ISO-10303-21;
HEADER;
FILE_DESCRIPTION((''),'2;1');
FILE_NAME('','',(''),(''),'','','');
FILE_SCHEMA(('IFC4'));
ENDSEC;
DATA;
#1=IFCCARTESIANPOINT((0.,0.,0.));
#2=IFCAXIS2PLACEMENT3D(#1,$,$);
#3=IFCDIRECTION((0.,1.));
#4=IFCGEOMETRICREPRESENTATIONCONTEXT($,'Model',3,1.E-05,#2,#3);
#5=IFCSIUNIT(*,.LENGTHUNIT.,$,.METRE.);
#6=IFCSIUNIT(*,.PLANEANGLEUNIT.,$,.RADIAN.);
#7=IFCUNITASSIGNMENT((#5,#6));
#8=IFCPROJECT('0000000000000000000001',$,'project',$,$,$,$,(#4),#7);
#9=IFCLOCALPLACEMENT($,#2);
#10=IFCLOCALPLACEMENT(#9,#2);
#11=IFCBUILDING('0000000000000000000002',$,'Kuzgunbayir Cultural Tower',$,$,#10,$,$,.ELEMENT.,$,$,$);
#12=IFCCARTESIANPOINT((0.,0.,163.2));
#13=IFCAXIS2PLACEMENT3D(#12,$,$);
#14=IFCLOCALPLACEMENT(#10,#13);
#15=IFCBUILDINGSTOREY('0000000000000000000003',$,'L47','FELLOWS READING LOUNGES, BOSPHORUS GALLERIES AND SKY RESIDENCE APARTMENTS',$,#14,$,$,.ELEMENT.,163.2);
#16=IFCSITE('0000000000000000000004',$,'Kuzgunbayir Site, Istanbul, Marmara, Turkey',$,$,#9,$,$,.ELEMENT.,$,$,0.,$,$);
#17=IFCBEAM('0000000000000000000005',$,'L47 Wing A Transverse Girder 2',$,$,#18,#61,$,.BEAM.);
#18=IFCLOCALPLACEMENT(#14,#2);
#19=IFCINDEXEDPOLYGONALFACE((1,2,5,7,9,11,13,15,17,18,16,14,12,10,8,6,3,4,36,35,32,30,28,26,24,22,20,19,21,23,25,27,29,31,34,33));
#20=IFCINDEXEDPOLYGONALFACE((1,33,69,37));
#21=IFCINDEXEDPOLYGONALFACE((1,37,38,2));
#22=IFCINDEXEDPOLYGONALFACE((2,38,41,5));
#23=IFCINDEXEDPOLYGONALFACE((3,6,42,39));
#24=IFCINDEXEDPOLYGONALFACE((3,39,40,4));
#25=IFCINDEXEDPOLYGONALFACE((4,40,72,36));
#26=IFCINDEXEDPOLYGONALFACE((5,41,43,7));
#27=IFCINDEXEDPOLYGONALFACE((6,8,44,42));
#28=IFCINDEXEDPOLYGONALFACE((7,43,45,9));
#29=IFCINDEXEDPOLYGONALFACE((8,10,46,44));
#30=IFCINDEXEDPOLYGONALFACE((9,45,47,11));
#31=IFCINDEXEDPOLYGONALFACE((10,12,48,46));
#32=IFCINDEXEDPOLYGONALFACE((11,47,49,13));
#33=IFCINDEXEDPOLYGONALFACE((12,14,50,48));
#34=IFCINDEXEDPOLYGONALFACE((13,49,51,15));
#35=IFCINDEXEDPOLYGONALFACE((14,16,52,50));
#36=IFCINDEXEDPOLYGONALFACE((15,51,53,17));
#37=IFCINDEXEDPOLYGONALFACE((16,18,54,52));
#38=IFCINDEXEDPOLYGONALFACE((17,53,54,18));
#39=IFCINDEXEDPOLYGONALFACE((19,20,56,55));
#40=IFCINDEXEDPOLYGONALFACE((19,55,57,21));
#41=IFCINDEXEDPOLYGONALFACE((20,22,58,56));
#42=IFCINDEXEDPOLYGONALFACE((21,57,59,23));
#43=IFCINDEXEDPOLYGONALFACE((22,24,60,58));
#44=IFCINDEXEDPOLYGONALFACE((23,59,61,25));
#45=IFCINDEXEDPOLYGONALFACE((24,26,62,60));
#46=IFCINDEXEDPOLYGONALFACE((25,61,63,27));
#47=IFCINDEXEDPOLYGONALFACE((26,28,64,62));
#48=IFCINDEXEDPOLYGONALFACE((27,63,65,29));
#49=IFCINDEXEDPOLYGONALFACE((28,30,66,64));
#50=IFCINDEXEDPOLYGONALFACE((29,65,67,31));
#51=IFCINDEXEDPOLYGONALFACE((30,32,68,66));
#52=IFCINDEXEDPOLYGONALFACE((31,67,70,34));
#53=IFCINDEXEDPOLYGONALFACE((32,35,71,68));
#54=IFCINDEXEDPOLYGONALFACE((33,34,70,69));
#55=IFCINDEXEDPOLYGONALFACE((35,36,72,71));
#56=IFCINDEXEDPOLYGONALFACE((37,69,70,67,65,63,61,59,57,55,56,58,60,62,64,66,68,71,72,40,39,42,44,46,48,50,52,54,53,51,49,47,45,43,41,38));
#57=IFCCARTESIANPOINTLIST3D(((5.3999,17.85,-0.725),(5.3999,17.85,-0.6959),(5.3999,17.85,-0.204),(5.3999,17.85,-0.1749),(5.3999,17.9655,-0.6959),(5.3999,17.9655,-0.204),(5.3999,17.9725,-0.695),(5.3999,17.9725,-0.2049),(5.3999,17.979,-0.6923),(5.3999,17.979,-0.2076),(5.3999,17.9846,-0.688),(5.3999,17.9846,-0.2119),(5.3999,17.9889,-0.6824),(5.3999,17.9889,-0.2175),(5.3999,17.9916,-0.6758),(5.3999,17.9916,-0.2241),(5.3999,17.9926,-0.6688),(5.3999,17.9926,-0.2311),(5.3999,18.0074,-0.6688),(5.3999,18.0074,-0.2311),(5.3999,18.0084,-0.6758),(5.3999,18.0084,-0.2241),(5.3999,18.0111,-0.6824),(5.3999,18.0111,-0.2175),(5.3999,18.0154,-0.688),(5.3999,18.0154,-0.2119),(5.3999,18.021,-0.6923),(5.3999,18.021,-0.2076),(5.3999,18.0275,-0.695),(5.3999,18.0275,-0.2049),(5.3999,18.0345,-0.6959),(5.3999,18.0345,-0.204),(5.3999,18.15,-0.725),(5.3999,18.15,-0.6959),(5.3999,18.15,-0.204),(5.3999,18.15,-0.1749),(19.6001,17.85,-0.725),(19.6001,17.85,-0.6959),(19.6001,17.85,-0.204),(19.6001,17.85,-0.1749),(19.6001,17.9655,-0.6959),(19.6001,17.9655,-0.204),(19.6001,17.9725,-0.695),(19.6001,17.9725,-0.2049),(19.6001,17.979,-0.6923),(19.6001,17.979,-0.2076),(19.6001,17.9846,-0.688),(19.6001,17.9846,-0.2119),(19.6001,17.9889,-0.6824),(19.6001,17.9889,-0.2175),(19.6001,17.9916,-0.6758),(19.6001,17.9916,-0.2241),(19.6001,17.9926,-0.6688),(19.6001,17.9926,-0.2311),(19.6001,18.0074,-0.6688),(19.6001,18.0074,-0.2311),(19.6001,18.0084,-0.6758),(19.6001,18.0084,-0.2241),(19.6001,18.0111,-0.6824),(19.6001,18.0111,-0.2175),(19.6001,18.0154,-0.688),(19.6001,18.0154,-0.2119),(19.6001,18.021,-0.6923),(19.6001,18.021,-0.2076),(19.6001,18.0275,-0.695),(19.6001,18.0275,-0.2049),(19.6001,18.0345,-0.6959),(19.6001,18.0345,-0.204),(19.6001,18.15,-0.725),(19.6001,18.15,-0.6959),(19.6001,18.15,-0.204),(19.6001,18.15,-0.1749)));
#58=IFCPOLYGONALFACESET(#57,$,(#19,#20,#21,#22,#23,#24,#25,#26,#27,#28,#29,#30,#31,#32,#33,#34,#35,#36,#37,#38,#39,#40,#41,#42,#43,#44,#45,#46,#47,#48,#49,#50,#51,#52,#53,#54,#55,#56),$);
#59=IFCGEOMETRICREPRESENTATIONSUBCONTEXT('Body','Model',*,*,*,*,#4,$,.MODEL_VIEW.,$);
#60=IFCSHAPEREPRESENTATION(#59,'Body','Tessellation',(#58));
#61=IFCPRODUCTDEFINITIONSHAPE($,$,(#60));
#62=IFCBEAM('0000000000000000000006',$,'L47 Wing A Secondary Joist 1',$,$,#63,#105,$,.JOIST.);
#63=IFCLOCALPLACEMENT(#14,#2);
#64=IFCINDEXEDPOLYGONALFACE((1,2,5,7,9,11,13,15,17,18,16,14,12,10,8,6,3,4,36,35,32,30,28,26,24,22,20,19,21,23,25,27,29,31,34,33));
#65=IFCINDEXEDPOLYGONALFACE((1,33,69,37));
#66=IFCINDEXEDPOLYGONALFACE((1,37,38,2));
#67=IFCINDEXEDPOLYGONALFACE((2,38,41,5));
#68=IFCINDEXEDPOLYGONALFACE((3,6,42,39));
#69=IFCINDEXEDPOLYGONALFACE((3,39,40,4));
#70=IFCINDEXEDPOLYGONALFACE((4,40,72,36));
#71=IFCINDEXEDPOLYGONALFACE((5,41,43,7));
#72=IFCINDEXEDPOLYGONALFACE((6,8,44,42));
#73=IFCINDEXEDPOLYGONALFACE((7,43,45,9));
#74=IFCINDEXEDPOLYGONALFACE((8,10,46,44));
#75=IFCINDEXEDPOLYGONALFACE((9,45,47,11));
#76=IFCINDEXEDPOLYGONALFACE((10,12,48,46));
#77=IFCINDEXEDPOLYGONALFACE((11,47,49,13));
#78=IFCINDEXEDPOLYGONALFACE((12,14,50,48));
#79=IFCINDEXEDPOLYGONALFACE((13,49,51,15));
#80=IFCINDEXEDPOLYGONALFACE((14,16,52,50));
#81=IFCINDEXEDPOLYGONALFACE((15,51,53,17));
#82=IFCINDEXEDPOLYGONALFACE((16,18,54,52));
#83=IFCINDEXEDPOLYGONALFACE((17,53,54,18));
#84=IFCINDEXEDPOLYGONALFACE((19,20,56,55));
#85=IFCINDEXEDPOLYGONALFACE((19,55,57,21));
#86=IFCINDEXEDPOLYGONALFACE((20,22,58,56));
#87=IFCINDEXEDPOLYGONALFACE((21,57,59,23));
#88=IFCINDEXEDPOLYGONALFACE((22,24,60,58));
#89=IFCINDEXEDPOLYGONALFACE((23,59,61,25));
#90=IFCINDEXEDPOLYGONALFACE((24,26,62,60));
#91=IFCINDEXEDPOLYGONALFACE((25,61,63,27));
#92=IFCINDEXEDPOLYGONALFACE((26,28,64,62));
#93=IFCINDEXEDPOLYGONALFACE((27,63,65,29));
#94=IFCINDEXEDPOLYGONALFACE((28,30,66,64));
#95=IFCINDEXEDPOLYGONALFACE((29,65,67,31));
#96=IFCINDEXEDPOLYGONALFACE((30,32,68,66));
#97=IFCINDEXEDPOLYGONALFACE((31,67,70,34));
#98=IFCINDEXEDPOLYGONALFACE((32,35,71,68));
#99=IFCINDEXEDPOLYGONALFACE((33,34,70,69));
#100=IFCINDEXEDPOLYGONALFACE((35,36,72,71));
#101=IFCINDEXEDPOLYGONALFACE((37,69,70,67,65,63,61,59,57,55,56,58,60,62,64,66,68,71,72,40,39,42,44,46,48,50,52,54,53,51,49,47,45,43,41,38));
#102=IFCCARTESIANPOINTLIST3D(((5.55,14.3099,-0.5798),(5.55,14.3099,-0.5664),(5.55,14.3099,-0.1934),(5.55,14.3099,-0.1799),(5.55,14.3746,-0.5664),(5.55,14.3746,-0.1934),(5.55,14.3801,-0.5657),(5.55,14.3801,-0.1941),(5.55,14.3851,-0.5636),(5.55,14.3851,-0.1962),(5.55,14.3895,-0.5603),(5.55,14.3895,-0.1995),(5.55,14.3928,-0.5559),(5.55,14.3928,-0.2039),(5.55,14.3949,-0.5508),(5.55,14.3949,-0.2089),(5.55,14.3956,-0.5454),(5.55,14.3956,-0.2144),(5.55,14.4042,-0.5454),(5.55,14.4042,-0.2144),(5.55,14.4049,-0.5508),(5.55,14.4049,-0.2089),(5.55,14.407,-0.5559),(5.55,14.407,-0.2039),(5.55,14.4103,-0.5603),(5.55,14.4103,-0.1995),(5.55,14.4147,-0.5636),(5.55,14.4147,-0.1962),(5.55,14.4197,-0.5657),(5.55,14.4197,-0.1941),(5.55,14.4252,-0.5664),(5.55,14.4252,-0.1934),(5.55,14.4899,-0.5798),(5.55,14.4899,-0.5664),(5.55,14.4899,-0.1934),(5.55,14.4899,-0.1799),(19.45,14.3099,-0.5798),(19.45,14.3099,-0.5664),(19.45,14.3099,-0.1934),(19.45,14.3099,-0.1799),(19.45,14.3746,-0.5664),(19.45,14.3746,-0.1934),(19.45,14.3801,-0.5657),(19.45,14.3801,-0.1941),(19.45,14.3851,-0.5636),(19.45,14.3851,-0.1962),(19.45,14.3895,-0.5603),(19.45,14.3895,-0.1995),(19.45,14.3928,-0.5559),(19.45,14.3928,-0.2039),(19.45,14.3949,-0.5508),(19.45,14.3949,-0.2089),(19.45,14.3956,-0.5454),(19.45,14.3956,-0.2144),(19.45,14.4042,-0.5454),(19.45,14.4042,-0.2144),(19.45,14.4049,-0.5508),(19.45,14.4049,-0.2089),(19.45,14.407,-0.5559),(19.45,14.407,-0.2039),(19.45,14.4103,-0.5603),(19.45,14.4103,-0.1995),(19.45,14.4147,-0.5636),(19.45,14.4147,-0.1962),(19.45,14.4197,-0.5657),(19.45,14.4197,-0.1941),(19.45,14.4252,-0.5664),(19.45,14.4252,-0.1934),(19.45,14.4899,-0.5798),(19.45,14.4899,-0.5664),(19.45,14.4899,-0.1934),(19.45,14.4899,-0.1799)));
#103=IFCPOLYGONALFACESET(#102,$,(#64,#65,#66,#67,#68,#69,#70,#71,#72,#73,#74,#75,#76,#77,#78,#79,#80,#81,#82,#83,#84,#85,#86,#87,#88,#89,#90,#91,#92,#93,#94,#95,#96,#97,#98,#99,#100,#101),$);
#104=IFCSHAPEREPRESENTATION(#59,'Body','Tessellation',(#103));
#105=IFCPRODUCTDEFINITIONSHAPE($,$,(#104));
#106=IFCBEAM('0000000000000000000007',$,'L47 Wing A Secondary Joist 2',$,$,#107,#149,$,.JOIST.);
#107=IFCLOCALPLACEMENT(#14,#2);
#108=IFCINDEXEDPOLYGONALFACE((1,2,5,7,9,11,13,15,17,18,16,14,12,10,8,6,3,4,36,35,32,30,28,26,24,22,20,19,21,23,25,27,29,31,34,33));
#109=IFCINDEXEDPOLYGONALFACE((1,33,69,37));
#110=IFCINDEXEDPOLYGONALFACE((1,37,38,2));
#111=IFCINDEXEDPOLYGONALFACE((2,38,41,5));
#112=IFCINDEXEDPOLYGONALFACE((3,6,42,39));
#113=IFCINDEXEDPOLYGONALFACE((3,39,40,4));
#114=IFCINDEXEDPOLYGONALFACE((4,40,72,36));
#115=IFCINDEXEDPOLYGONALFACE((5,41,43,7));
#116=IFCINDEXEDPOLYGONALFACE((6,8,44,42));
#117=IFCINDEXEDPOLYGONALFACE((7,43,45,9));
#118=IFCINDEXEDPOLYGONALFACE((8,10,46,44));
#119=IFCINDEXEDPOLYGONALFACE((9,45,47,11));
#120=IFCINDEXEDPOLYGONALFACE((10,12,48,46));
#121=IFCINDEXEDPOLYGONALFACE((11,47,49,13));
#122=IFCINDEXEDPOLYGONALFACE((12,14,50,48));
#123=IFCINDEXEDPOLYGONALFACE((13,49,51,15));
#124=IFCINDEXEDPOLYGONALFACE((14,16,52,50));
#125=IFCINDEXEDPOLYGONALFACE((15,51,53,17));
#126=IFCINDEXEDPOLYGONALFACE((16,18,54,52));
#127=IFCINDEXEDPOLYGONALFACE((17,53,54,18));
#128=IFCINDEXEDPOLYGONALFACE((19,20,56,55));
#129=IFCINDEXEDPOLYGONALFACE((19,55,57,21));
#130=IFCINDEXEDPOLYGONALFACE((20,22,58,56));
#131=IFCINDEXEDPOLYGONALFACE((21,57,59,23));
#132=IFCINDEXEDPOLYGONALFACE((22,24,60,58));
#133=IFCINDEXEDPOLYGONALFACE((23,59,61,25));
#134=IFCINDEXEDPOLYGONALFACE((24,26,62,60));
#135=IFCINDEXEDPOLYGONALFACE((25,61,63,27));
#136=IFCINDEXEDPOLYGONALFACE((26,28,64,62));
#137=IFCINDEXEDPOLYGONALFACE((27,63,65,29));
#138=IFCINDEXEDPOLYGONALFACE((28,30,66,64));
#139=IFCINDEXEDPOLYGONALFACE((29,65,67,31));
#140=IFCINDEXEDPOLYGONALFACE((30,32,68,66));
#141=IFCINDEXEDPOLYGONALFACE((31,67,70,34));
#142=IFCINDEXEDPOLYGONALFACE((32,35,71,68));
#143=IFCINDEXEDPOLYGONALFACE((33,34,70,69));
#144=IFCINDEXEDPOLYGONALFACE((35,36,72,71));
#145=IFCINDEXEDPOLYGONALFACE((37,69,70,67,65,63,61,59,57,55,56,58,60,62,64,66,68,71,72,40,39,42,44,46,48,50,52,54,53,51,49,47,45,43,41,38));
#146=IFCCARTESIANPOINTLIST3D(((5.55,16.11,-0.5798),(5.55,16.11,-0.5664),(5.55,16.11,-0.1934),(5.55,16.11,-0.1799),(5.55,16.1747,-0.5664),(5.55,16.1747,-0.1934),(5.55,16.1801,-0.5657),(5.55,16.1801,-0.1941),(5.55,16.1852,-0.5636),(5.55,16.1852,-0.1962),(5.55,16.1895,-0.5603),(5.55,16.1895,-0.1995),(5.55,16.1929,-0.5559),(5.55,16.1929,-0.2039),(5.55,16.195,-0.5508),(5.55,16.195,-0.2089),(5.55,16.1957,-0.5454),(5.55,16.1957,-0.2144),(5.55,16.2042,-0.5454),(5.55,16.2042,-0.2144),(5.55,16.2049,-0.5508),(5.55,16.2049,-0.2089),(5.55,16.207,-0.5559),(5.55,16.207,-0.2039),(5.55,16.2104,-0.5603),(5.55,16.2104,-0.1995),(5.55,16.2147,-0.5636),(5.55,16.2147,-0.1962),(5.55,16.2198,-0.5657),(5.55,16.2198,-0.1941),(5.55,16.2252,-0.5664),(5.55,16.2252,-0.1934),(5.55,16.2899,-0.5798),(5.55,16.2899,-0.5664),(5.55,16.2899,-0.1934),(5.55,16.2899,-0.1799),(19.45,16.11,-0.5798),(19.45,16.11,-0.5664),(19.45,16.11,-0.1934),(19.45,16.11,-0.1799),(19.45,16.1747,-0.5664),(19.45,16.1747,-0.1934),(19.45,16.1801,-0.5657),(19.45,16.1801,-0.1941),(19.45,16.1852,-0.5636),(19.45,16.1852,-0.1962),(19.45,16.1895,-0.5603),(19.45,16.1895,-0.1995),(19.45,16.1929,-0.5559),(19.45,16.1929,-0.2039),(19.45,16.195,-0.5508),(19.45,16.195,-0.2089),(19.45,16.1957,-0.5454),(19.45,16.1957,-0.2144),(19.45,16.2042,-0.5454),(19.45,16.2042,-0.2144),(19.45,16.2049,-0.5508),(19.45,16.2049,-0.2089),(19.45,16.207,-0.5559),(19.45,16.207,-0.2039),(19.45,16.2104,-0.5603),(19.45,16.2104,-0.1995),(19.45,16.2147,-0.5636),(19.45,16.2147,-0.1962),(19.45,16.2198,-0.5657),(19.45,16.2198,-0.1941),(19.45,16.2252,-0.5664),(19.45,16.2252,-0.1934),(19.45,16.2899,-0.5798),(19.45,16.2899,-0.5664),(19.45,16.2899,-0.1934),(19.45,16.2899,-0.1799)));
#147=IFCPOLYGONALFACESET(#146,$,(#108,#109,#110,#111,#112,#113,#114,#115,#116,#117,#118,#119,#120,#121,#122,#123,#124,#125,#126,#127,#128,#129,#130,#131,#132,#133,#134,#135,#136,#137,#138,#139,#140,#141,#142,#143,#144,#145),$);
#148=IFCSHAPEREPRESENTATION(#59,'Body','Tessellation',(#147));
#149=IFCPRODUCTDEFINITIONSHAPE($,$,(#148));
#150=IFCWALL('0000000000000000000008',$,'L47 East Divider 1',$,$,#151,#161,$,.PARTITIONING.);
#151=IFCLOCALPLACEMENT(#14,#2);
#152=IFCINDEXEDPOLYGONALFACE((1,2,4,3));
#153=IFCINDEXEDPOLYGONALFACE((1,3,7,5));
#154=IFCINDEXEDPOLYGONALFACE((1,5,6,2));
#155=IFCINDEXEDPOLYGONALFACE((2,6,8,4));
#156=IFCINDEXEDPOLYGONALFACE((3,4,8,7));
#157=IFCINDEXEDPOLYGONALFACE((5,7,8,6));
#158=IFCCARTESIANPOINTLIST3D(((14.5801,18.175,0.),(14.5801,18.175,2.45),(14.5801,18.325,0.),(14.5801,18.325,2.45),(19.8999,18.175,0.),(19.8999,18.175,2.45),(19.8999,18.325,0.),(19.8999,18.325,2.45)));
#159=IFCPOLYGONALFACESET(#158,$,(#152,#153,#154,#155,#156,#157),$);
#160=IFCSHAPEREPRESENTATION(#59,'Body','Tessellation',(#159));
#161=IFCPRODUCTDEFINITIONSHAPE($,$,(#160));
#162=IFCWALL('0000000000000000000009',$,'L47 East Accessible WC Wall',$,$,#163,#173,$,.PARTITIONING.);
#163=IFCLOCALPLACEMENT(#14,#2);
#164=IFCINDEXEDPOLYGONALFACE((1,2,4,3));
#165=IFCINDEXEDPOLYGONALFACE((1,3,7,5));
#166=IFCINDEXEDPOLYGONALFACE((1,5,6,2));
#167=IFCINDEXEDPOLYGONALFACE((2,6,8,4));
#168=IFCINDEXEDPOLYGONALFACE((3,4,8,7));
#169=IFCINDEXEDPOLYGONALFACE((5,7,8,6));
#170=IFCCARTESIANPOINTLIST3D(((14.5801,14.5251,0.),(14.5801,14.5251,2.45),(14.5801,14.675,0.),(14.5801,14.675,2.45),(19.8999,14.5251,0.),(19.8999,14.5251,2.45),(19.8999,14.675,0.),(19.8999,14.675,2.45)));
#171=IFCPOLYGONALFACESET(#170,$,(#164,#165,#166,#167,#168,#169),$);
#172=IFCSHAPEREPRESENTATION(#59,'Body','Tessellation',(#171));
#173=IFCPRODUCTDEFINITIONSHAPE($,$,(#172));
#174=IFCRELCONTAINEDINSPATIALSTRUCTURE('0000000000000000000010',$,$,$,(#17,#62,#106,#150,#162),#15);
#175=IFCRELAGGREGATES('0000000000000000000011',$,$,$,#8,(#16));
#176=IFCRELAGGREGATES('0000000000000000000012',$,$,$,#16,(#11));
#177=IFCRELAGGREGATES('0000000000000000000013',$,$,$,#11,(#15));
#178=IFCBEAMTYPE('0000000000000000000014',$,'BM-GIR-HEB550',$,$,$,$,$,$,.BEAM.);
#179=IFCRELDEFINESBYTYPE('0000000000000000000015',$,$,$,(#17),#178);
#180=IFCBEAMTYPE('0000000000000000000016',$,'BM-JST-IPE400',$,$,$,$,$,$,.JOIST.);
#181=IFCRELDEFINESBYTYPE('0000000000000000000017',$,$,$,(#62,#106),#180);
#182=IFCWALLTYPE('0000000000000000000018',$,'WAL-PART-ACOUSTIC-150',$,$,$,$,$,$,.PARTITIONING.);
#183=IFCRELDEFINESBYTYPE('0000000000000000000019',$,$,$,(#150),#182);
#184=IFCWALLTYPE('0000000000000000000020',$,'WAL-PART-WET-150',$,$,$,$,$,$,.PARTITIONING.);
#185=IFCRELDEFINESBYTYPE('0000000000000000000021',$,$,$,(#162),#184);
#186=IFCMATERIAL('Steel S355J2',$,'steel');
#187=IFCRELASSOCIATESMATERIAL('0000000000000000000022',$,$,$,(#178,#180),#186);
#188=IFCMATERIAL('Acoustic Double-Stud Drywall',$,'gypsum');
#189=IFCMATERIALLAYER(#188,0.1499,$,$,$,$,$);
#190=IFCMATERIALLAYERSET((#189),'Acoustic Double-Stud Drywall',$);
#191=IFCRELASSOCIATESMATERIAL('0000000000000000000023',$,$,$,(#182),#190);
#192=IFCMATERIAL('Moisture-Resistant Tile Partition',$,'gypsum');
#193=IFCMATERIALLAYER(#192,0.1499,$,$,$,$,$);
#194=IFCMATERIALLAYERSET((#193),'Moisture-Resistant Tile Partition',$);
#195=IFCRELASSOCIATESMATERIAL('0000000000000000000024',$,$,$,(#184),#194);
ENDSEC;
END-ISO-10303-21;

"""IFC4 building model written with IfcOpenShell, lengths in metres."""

from ifc_helpers import new_model, si_unit, direction, frame, frame_2d, origin, origin_2d, place, context, subcontext, project, spatial, rectangle, i_section, extrude, material, layer, layer_set, material_profile, profile_set, type_object, element, save


model = new_model("IFC4")

# Units and contexts
model_context = context("Model", 3, precision=1e-05, world=origin(), true_north=direction((0.0, 1.0)))
body_context = subcontext(model_context, "Body", "Model", "MODEL_VIEW")
ifc_project = project(units=[si_unit("LENGTHUNIT", "METRE"), si_unit("PLANEANGLEUNIT", "RADIAN")], contexts=[model_context])

# Site, building, storey
site_placement = place(None, origin())
site = spatial("IfcSite", under=ifc_project, at=site_placement, Name="Kuzgunbayir Site, Istanbul, Marmara, Turkey", CompositionType="ELEMENT", RefElevation=0.0)
building_placement = place(site_placement, origin())
building = spatial("IfcBuilding", under=site, at=building_placement, Name="Kuzgunbayir Cultural Tower", CompositionType="ELEMENT")
storey_placement = place(building_placement, frame((0.0, 0.0, 163.2)))
storey = spatial("IfcBuildingStorey", under=building, at=storey_placement, Name="L47", Description="FELLOWS READING LOUNGES, BOSPHORUS GALLERIES AND SKY RESIDENCE APARTMENTS", CompositionType="ELEMENT", Elevation=163.2)

# Beams
ifc_material_1 = material(Name="Steel S355J2", Category="steel")
ifc_material_profile_1 = material_profile(ifc_material_1, i_section(OverallWidth=0.3, OverallDepth=0.55, WebThickness=0.0149, FlangeThickness=0.0291, FilletRadius=0.0271, at=origin_2d()), Name="HEB 550")
ifc_profile_set_1 = profile_set([ifc_material_profile_1], Name="Steel S355J2")
beam_type_1 = type_object("IfcBeamType", Name="BM-GIR-HEB550", PredefinedType="BEAM", material=ifc_profile_set_1)
for number, where, z_axis, x_axis, name in (
    (1, (5.3999, 18.0, -0.45), (1.0, 0.0, 0.0), (0.0, 1.0, 0.0), "L47 Wing A Transverse Girder 2"),
):
    element("IfcBeam", number, at=place(storey_placement, frame(where, z_axis=z_axis, x_axis=x_axis)), inside=storey, type_object=beam_type_1, Name=name, PredefinedType="BEAM", context=body_context, shape_type="SweptSolid", body=[
        extrude(i_section(OverallWidth=0.3, OverallDepth=0.55, WebThickness=0.0149, FlangeThickness=0.0291, FilletRadius=0.0271, at=origin_2d()), origin(), (0.0, 0.0, 1.0), 14.2002),
    ])
ifc_material_profile_2 = material_profile(ifc_material_1, i_section(OverallWidth=0.1799, OverallDepth=0.3999, WebThickness=0.0085, FlangeThickness=0.0134, FilletRadius=0.021, at=origin_2d()), Name="IPE 400")
ifc_profile_set_2 = profile_set([ifc_material_profile_2], Name="Steel S355J2")
beam_type_2 = type_object("IfcBeamType", Name="BM-JST-IPE400", PredefinedType="JOIST", material=ifc_profile_set_2)
for number, where, z_axis, x_axis, name in (
    (2, (5.55, 14.3999, -0.3799), (1.0, 0.0, 0.0), (0.0, 1.0, 0.0), "L47 Wing A Secondary Joist 1"),
    (3, (5.55, 16.2, -0.3799), (1.0, 0.0, 0.0), (0.0, 1.0, 0.0), "L47 Wing A Secondary Joist 2"),
):
    element("IfcBeam", number, at=place(storey_placement, frame(where, z_axis=z_axis, x_axis=x_axis)), inside=storey, type_object=beam_type_2, Name=name, PredefinedType="JOIST", context=body_context, shape_type="SweptSolid", body=[
        extrude(i_section(OverallWidth=0.1799, OverallDepth=0.3999, WebThickness=0.0085, FlangeThickness=0.0134, FilletRadius=0.021, at=origin_2d()), origin(), (0.0, 0.0, 1.0), 13.8999),
    ])

# Walls
ifc_material_2 = material(Name="Acoustic Double-Stud Drywall", Category="gypsum")
ifc_layer_1 = layer(ifc_material_2, 0.1499)
ifc_layer_set_1 = layer_set([ifc_layer_1], Name="Acoustic Double-Stud Drywall")
wall_type_1 = type_object("IfcWallType", Name="WAL-PART-ACOUSTIC-150", PredefinedType="PARTITIONING", material=ifc_layer_set_1)
wall_1_placement = place(storey_placement, frame((14.5801, 18.25, 0.0), z_axis=(0.0, 0.0, 1.0), x_axis=(1.0, 0.0, 0.0)))
element("IfcWall", 4, at=wall_1_placement, inside=storey, type_object=wall_type_1, Name="L47 East Divider 1", PredefinedType="PARTITIONING", context=body_context, shape_type="SweptSolid", body=[
    extrude(rectangle(XDim=5.3198, YDim=0.1499, at=frame_2d((2.6599, 0.0))), origin(), (0.0, 0.0, 1.0), 2.45),
])
ifc_material_3 = material(Name="Moisture-Resistant Tile Partition", Category="gypsum")
ifc_layer_2 = layer(ifc_material_3, 0.1499)
ifc_layer_set_2 = layer_set([ifc_layer_2], Name="Moisture-Resistant Tile Partition")
wall_type_2 = type_object("IfcWallType", Name="WAL-PART-WET-150", PredefinedType="PARTITIONING", material=ifc_layer_set_2)
wall_2_placement = place(storey_placement, frame((14.5801, 14.6001, 0.0), z_axis=(0.0, 0.0, 1.0), x_axis=(1.0, 0.0, 0.0)))
element("IfcWall", 5, at=wall_2_placement, inside=storey, type_object=wall_type_2, Name="L47 East Accessible WC Wall", PredefinedType="PARTITIONING", context=body_context, shape_type="SweptSolid", body=[
    extrude(rectangle(XDim=5.3198, YDim=0.1499, at=frame_2d((2.6599, 0.0))), origin(), (0.0, 0.0, 1.0), 2.45),
])

save(model, "model.ifc")
